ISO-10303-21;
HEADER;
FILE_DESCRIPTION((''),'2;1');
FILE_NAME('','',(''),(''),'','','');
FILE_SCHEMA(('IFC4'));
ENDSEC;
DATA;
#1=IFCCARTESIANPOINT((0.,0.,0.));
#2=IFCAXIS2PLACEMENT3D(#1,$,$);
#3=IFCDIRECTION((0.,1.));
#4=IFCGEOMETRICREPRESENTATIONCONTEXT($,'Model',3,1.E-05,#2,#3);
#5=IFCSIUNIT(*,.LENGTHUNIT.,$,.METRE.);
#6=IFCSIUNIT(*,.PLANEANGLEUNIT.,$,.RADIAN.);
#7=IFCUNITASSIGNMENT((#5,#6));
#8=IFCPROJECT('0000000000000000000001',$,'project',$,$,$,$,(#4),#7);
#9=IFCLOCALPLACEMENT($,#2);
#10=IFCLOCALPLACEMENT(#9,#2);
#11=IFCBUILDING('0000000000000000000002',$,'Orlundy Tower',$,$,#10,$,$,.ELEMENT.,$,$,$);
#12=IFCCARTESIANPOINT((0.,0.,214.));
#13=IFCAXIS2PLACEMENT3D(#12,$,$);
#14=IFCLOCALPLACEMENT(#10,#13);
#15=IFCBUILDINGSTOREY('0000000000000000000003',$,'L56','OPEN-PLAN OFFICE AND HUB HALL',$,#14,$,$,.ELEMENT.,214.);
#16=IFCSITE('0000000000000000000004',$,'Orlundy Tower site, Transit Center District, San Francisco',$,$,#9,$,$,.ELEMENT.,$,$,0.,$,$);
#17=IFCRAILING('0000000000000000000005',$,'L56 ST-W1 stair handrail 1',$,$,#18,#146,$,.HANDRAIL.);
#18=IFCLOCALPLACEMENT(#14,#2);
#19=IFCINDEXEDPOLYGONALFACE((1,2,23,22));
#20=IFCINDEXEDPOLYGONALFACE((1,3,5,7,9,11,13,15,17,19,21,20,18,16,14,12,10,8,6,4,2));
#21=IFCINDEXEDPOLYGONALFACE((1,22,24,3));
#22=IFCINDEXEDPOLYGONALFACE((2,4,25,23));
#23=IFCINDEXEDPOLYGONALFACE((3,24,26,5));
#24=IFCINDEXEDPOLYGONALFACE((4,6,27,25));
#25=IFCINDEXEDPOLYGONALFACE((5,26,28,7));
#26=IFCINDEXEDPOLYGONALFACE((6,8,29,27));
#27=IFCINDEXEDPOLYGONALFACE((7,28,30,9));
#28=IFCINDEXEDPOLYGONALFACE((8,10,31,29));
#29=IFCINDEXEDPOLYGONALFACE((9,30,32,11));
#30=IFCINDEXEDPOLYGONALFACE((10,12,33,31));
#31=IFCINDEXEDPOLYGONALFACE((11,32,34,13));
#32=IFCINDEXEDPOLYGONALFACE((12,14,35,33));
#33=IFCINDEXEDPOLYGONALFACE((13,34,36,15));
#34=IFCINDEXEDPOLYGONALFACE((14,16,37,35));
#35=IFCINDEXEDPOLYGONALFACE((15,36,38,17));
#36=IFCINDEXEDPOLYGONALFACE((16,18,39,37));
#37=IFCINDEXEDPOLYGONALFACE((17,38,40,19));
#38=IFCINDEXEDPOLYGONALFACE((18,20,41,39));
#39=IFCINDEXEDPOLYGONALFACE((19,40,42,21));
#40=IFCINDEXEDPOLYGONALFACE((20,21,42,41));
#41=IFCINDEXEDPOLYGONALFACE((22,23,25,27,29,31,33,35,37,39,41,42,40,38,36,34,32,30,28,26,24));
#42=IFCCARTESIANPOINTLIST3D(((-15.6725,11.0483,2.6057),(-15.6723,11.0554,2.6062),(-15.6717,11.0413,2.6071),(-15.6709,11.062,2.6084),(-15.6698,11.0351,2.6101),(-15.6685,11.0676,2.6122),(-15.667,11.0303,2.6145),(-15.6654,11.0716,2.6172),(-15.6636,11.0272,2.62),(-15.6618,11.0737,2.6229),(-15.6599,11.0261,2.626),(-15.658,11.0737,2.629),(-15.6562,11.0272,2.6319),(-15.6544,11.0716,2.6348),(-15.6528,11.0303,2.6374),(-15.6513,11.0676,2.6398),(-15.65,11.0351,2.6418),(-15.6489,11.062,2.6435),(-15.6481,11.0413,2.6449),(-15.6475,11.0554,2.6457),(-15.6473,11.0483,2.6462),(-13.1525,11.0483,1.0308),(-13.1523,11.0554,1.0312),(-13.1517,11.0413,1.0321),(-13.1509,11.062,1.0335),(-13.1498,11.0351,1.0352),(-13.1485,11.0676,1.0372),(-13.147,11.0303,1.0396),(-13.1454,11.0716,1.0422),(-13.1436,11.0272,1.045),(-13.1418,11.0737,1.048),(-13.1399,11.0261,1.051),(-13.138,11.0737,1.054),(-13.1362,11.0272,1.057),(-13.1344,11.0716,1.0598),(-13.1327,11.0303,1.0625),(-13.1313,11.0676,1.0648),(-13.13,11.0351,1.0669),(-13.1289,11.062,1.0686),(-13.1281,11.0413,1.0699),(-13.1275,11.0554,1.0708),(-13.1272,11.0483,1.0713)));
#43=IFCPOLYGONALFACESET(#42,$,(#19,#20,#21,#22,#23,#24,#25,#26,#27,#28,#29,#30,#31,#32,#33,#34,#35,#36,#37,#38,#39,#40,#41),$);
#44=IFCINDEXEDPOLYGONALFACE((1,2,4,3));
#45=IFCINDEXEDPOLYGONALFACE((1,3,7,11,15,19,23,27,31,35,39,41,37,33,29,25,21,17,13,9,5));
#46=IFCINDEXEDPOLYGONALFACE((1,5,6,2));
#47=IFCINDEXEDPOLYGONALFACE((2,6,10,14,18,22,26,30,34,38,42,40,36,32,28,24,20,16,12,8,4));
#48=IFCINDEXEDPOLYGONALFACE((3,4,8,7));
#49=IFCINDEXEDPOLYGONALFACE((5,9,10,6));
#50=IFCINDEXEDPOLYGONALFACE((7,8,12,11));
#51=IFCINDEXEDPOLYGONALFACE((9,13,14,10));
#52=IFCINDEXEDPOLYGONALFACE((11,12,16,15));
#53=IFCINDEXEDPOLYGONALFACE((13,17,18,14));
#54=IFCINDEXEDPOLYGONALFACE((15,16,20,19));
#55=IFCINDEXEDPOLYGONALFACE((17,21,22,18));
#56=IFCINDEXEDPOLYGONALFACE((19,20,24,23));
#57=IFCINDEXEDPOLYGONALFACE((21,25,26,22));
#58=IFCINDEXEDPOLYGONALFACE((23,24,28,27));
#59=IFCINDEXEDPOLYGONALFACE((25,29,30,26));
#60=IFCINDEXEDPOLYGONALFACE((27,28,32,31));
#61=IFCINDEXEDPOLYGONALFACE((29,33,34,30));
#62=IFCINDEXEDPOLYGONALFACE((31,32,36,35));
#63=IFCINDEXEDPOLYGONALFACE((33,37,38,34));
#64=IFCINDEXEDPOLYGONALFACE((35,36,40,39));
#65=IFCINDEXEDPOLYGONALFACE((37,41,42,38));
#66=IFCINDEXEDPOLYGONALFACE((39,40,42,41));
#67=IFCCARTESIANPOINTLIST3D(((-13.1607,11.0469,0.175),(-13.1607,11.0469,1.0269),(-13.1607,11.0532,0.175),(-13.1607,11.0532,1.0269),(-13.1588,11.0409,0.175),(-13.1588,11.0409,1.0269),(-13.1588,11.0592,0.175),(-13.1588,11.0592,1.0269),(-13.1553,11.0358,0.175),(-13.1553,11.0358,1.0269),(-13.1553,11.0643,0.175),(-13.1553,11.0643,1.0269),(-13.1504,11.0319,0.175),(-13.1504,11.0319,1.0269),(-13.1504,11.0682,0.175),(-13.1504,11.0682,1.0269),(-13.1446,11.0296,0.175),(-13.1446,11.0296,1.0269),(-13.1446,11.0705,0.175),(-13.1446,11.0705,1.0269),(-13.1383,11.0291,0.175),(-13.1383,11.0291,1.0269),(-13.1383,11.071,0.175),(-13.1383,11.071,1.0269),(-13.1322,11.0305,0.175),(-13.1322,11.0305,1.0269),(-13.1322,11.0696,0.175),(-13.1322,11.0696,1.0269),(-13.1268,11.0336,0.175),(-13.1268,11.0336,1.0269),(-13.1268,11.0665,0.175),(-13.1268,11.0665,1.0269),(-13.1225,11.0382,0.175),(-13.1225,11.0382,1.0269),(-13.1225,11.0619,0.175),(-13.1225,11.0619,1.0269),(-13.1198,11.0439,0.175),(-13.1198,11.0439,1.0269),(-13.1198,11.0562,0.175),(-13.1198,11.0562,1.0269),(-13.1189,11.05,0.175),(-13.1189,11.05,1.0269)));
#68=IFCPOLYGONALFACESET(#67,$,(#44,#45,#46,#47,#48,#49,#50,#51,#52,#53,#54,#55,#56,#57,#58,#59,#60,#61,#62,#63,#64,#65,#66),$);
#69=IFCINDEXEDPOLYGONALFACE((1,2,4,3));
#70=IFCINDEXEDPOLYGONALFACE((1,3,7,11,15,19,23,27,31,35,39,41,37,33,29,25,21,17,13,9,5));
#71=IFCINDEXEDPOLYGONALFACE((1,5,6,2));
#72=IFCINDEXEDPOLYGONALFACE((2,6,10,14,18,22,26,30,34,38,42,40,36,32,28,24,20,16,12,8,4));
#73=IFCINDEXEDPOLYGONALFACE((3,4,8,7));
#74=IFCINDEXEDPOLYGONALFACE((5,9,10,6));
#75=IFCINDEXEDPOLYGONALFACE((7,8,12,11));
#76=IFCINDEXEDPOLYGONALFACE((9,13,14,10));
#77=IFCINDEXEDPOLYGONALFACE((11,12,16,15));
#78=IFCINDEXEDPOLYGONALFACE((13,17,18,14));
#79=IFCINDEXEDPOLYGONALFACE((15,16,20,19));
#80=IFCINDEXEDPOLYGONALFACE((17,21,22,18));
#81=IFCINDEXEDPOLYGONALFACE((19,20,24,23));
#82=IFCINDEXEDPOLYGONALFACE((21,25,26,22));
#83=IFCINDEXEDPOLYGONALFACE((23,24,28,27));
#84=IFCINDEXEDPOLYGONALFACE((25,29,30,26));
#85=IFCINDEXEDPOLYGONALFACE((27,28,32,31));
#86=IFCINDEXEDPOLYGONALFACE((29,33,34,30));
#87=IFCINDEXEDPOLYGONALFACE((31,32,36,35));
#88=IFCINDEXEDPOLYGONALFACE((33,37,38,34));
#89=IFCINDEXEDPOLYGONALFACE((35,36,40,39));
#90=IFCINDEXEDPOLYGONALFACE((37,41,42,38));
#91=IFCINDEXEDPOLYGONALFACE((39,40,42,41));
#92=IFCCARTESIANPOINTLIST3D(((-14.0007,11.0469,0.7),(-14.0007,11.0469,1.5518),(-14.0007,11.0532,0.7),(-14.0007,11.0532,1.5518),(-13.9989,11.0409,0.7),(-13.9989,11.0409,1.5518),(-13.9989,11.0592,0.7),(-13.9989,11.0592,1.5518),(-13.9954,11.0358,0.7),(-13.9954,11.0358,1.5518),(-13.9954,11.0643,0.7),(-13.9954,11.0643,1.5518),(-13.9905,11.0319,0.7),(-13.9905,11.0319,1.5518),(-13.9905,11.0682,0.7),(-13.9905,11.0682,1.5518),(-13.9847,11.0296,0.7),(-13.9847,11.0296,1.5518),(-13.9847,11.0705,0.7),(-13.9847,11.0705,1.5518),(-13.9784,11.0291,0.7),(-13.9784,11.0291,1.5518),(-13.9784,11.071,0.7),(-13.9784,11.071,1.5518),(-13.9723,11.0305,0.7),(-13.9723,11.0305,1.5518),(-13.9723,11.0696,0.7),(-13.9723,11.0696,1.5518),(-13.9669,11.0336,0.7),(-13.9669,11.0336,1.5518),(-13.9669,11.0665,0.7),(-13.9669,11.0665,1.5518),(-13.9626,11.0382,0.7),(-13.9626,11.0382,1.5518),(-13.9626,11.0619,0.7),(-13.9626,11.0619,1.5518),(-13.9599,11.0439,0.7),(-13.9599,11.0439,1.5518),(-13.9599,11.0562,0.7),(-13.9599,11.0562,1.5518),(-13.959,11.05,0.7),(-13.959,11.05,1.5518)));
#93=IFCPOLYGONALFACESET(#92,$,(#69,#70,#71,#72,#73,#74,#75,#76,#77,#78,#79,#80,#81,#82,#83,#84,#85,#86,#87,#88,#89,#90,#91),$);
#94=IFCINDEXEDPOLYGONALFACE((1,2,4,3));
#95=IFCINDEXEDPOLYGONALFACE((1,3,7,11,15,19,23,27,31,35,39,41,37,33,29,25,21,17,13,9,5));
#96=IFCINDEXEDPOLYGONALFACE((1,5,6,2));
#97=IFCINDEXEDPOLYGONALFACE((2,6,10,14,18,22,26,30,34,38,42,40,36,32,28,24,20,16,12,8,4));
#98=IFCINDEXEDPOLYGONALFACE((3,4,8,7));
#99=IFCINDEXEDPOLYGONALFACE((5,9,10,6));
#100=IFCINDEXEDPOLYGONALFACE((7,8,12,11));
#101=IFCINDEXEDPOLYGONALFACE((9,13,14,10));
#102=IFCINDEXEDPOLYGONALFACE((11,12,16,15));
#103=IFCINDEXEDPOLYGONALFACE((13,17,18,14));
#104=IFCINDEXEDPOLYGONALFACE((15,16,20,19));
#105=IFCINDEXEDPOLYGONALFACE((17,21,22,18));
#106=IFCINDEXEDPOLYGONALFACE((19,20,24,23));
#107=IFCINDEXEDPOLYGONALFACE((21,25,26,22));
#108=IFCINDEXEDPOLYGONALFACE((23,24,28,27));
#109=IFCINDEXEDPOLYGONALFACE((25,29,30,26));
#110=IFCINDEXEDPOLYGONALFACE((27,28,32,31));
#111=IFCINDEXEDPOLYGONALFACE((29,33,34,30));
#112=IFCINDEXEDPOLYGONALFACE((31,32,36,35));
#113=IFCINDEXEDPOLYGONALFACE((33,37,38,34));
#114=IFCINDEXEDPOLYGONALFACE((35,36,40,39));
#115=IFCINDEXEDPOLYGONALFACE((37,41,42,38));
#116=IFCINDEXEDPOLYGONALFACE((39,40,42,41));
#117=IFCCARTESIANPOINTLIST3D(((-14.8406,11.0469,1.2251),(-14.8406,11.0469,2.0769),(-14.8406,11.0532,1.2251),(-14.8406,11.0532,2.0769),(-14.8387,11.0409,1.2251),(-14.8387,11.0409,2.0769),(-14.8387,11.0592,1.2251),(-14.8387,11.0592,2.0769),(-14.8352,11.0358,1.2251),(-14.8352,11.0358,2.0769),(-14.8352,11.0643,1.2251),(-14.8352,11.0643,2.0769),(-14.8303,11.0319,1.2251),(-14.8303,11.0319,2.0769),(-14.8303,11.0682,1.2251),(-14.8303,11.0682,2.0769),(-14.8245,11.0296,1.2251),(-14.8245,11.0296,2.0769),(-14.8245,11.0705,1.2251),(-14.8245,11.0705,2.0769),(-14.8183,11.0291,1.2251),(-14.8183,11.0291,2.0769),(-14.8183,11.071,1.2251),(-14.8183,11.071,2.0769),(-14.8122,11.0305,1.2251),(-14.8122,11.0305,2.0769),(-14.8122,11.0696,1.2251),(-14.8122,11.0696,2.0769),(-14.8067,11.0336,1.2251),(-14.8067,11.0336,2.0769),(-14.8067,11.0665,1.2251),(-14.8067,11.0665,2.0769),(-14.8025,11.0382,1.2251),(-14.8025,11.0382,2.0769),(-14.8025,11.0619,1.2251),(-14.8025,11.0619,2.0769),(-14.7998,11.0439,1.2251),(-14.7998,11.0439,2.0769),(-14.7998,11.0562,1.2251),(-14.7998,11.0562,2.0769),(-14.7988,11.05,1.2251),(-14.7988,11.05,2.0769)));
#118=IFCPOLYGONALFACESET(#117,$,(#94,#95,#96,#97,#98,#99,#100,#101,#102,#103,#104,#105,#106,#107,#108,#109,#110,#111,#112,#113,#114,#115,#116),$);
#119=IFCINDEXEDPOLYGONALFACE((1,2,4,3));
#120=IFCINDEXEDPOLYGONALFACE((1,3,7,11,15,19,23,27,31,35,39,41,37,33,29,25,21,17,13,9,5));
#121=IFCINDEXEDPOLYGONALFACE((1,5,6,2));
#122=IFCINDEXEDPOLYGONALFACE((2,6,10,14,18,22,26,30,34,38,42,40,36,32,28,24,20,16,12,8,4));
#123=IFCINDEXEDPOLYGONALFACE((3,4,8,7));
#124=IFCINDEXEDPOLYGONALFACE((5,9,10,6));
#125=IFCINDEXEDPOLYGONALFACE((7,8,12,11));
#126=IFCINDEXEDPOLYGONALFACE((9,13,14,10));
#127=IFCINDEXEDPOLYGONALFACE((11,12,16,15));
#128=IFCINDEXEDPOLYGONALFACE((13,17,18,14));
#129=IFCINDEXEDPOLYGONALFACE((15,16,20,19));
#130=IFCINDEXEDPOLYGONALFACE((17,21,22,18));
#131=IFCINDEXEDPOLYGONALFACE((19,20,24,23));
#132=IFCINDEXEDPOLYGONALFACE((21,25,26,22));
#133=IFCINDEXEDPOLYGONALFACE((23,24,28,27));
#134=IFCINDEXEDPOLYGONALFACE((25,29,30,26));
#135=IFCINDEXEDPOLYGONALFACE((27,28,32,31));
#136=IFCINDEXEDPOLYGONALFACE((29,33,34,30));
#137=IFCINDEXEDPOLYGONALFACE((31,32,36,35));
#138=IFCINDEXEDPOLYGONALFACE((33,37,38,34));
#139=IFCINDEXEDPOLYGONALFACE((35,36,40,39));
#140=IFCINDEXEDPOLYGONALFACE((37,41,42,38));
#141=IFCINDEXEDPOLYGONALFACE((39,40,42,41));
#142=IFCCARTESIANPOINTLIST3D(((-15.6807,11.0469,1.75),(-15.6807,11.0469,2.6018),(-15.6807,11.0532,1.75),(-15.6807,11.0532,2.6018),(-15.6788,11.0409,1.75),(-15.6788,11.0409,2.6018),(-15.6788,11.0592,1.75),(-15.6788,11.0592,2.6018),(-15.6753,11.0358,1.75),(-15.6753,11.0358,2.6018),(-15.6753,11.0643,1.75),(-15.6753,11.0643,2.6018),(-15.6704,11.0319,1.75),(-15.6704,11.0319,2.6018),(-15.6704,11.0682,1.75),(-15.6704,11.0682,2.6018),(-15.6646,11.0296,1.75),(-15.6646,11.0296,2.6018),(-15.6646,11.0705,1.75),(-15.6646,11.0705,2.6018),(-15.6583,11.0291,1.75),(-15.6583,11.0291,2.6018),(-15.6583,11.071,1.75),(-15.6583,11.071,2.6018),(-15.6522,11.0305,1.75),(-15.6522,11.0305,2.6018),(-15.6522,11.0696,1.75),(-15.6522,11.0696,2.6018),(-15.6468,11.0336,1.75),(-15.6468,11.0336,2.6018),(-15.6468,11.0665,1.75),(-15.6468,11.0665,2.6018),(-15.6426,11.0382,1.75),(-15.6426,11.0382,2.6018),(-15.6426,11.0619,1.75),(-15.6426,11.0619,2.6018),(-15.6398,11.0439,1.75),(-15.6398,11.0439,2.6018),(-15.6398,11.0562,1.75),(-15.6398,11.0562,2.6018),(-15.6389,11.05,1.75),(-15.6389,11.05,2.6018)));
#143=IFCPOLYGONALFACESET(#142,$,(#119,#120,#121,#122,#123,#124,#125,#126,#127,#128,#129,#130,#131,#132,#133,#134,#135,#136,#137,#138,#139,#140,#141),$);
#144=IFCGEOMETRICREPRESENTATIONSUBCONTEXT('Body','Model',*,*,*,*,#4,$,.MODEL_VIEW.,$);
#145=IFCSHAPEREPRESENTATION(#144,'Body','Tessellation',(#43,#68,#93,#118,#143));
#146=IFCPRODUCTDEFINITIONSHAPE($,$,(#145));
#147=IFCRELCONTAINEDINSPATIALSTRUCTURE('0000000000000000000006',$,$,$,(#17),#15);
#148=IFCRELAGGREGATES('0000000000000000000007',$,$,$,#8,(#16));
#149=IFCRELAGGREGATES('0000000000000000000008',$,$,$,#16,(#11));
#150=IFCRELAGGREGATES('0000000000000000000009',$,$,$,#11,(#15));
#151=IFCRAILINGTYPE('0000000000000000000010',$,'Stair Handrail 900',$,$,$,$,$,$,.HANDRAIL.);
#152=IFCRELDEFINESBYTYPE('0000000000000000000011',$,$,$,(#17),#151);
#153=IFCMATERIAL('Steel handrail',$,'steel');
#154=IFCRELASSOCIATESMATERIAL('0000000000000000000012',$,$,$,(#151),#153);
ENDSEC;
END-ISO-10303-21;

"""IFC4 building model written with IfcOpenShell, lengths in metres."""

from ifc_helpers import new_model, si_unit, direction, frame, origin, origin_2d, place, context, subcontext, project, spatial, circle, extrude, material, type_object, element, save


model = new_model("IFC4")

# Units and contexts
model_context = context("Model", 3, precision=1e-05, world=origin(), true_north=direction((0.0, 1.0)))
body_context = subcontext(model_context, "Body", "Model", "MODEL_VIEW")
ifc_project = project(units=[si_unit("LENGTHUNIT", "METRE"), si_unit("PLANEANGLEUNIT", "RADIAN")], contexts=[model_context])

# Site, building, storey
site_placement = place(None, origin())
site = spatial("IfcSite", under=ifc_project, at=site_placement, Name="Orlundy Tower site, Transit Center District, San Francisco", CompositionType="ELEMENT", RefElevation=0.0)
building_placement = place(site_placement, origin())
building = spatial("IfcBuilding", under=site, at=building_placement, Name="Orlundy Tower", CompositionType="ELEMENT")
storey_placement = place(building_placement, frame((0.0, 0.0, 214.0)))
storey = spatial("IfcBuildingStorey", under=building, at=storey_placement, Name="L56", Description="OPEN-PLAN OFFICE AND HUB HALL", CompositionType="ELEMENT", Elevation=214.0)

# Railing
ifc_material_1 = material(Name="Steel handrail", Category="steel")
railing_type_1 = type_object("IfcRailingType", Name="Stair Handrail 900", PredefinedType="HANDRAIL", material=ifc_material_1)
railing_1_placement = place(storey_placement, frame((-13.1399, 11.05, 0.175)))
element("IfcRailing", 1, at=railing_1_placement, inside=storey, type_object=railing_type_1, Name="L56 ST-W1 stair handrail 1", PredefinedType="HANDRAIL", context=body_context, shape_type="SweptSolid", body=[
    extrude(circle(Radius=0.0239, at=origin_2d()), frame((0.0, 0.0, 0.876), z_axis=(-0.848008, 0.0, 0.529984), x_axis=(0.0, -1.0, 0.0)), (0.0, 0.0, 1.0), 2.9717),
    extrude(circle(Radius=0.021, at=origin_2d()), origin(), (0.0, 0.0, 1.0), 0.8518),
    extrude(circle(Radius=0.021, at=origin_2d()), frame((-0.8401, 0.0, 0.5249)), (0.0, 0.0, 1.0), 0.8518),
    extrude(circle(Radius=0.021, at=origin_2d()), frame((-1.6799, 0.0, 1.05)), (0.0, 0.0, 1.0), 0.8518),
    extrude(circle(Radius=0.021, at=origin_2d()), frame((-2.52, 0.0, 1.575)), (0.0, 0.0, 1.0), 0.8518),
])

save(model, "model.ifc")
